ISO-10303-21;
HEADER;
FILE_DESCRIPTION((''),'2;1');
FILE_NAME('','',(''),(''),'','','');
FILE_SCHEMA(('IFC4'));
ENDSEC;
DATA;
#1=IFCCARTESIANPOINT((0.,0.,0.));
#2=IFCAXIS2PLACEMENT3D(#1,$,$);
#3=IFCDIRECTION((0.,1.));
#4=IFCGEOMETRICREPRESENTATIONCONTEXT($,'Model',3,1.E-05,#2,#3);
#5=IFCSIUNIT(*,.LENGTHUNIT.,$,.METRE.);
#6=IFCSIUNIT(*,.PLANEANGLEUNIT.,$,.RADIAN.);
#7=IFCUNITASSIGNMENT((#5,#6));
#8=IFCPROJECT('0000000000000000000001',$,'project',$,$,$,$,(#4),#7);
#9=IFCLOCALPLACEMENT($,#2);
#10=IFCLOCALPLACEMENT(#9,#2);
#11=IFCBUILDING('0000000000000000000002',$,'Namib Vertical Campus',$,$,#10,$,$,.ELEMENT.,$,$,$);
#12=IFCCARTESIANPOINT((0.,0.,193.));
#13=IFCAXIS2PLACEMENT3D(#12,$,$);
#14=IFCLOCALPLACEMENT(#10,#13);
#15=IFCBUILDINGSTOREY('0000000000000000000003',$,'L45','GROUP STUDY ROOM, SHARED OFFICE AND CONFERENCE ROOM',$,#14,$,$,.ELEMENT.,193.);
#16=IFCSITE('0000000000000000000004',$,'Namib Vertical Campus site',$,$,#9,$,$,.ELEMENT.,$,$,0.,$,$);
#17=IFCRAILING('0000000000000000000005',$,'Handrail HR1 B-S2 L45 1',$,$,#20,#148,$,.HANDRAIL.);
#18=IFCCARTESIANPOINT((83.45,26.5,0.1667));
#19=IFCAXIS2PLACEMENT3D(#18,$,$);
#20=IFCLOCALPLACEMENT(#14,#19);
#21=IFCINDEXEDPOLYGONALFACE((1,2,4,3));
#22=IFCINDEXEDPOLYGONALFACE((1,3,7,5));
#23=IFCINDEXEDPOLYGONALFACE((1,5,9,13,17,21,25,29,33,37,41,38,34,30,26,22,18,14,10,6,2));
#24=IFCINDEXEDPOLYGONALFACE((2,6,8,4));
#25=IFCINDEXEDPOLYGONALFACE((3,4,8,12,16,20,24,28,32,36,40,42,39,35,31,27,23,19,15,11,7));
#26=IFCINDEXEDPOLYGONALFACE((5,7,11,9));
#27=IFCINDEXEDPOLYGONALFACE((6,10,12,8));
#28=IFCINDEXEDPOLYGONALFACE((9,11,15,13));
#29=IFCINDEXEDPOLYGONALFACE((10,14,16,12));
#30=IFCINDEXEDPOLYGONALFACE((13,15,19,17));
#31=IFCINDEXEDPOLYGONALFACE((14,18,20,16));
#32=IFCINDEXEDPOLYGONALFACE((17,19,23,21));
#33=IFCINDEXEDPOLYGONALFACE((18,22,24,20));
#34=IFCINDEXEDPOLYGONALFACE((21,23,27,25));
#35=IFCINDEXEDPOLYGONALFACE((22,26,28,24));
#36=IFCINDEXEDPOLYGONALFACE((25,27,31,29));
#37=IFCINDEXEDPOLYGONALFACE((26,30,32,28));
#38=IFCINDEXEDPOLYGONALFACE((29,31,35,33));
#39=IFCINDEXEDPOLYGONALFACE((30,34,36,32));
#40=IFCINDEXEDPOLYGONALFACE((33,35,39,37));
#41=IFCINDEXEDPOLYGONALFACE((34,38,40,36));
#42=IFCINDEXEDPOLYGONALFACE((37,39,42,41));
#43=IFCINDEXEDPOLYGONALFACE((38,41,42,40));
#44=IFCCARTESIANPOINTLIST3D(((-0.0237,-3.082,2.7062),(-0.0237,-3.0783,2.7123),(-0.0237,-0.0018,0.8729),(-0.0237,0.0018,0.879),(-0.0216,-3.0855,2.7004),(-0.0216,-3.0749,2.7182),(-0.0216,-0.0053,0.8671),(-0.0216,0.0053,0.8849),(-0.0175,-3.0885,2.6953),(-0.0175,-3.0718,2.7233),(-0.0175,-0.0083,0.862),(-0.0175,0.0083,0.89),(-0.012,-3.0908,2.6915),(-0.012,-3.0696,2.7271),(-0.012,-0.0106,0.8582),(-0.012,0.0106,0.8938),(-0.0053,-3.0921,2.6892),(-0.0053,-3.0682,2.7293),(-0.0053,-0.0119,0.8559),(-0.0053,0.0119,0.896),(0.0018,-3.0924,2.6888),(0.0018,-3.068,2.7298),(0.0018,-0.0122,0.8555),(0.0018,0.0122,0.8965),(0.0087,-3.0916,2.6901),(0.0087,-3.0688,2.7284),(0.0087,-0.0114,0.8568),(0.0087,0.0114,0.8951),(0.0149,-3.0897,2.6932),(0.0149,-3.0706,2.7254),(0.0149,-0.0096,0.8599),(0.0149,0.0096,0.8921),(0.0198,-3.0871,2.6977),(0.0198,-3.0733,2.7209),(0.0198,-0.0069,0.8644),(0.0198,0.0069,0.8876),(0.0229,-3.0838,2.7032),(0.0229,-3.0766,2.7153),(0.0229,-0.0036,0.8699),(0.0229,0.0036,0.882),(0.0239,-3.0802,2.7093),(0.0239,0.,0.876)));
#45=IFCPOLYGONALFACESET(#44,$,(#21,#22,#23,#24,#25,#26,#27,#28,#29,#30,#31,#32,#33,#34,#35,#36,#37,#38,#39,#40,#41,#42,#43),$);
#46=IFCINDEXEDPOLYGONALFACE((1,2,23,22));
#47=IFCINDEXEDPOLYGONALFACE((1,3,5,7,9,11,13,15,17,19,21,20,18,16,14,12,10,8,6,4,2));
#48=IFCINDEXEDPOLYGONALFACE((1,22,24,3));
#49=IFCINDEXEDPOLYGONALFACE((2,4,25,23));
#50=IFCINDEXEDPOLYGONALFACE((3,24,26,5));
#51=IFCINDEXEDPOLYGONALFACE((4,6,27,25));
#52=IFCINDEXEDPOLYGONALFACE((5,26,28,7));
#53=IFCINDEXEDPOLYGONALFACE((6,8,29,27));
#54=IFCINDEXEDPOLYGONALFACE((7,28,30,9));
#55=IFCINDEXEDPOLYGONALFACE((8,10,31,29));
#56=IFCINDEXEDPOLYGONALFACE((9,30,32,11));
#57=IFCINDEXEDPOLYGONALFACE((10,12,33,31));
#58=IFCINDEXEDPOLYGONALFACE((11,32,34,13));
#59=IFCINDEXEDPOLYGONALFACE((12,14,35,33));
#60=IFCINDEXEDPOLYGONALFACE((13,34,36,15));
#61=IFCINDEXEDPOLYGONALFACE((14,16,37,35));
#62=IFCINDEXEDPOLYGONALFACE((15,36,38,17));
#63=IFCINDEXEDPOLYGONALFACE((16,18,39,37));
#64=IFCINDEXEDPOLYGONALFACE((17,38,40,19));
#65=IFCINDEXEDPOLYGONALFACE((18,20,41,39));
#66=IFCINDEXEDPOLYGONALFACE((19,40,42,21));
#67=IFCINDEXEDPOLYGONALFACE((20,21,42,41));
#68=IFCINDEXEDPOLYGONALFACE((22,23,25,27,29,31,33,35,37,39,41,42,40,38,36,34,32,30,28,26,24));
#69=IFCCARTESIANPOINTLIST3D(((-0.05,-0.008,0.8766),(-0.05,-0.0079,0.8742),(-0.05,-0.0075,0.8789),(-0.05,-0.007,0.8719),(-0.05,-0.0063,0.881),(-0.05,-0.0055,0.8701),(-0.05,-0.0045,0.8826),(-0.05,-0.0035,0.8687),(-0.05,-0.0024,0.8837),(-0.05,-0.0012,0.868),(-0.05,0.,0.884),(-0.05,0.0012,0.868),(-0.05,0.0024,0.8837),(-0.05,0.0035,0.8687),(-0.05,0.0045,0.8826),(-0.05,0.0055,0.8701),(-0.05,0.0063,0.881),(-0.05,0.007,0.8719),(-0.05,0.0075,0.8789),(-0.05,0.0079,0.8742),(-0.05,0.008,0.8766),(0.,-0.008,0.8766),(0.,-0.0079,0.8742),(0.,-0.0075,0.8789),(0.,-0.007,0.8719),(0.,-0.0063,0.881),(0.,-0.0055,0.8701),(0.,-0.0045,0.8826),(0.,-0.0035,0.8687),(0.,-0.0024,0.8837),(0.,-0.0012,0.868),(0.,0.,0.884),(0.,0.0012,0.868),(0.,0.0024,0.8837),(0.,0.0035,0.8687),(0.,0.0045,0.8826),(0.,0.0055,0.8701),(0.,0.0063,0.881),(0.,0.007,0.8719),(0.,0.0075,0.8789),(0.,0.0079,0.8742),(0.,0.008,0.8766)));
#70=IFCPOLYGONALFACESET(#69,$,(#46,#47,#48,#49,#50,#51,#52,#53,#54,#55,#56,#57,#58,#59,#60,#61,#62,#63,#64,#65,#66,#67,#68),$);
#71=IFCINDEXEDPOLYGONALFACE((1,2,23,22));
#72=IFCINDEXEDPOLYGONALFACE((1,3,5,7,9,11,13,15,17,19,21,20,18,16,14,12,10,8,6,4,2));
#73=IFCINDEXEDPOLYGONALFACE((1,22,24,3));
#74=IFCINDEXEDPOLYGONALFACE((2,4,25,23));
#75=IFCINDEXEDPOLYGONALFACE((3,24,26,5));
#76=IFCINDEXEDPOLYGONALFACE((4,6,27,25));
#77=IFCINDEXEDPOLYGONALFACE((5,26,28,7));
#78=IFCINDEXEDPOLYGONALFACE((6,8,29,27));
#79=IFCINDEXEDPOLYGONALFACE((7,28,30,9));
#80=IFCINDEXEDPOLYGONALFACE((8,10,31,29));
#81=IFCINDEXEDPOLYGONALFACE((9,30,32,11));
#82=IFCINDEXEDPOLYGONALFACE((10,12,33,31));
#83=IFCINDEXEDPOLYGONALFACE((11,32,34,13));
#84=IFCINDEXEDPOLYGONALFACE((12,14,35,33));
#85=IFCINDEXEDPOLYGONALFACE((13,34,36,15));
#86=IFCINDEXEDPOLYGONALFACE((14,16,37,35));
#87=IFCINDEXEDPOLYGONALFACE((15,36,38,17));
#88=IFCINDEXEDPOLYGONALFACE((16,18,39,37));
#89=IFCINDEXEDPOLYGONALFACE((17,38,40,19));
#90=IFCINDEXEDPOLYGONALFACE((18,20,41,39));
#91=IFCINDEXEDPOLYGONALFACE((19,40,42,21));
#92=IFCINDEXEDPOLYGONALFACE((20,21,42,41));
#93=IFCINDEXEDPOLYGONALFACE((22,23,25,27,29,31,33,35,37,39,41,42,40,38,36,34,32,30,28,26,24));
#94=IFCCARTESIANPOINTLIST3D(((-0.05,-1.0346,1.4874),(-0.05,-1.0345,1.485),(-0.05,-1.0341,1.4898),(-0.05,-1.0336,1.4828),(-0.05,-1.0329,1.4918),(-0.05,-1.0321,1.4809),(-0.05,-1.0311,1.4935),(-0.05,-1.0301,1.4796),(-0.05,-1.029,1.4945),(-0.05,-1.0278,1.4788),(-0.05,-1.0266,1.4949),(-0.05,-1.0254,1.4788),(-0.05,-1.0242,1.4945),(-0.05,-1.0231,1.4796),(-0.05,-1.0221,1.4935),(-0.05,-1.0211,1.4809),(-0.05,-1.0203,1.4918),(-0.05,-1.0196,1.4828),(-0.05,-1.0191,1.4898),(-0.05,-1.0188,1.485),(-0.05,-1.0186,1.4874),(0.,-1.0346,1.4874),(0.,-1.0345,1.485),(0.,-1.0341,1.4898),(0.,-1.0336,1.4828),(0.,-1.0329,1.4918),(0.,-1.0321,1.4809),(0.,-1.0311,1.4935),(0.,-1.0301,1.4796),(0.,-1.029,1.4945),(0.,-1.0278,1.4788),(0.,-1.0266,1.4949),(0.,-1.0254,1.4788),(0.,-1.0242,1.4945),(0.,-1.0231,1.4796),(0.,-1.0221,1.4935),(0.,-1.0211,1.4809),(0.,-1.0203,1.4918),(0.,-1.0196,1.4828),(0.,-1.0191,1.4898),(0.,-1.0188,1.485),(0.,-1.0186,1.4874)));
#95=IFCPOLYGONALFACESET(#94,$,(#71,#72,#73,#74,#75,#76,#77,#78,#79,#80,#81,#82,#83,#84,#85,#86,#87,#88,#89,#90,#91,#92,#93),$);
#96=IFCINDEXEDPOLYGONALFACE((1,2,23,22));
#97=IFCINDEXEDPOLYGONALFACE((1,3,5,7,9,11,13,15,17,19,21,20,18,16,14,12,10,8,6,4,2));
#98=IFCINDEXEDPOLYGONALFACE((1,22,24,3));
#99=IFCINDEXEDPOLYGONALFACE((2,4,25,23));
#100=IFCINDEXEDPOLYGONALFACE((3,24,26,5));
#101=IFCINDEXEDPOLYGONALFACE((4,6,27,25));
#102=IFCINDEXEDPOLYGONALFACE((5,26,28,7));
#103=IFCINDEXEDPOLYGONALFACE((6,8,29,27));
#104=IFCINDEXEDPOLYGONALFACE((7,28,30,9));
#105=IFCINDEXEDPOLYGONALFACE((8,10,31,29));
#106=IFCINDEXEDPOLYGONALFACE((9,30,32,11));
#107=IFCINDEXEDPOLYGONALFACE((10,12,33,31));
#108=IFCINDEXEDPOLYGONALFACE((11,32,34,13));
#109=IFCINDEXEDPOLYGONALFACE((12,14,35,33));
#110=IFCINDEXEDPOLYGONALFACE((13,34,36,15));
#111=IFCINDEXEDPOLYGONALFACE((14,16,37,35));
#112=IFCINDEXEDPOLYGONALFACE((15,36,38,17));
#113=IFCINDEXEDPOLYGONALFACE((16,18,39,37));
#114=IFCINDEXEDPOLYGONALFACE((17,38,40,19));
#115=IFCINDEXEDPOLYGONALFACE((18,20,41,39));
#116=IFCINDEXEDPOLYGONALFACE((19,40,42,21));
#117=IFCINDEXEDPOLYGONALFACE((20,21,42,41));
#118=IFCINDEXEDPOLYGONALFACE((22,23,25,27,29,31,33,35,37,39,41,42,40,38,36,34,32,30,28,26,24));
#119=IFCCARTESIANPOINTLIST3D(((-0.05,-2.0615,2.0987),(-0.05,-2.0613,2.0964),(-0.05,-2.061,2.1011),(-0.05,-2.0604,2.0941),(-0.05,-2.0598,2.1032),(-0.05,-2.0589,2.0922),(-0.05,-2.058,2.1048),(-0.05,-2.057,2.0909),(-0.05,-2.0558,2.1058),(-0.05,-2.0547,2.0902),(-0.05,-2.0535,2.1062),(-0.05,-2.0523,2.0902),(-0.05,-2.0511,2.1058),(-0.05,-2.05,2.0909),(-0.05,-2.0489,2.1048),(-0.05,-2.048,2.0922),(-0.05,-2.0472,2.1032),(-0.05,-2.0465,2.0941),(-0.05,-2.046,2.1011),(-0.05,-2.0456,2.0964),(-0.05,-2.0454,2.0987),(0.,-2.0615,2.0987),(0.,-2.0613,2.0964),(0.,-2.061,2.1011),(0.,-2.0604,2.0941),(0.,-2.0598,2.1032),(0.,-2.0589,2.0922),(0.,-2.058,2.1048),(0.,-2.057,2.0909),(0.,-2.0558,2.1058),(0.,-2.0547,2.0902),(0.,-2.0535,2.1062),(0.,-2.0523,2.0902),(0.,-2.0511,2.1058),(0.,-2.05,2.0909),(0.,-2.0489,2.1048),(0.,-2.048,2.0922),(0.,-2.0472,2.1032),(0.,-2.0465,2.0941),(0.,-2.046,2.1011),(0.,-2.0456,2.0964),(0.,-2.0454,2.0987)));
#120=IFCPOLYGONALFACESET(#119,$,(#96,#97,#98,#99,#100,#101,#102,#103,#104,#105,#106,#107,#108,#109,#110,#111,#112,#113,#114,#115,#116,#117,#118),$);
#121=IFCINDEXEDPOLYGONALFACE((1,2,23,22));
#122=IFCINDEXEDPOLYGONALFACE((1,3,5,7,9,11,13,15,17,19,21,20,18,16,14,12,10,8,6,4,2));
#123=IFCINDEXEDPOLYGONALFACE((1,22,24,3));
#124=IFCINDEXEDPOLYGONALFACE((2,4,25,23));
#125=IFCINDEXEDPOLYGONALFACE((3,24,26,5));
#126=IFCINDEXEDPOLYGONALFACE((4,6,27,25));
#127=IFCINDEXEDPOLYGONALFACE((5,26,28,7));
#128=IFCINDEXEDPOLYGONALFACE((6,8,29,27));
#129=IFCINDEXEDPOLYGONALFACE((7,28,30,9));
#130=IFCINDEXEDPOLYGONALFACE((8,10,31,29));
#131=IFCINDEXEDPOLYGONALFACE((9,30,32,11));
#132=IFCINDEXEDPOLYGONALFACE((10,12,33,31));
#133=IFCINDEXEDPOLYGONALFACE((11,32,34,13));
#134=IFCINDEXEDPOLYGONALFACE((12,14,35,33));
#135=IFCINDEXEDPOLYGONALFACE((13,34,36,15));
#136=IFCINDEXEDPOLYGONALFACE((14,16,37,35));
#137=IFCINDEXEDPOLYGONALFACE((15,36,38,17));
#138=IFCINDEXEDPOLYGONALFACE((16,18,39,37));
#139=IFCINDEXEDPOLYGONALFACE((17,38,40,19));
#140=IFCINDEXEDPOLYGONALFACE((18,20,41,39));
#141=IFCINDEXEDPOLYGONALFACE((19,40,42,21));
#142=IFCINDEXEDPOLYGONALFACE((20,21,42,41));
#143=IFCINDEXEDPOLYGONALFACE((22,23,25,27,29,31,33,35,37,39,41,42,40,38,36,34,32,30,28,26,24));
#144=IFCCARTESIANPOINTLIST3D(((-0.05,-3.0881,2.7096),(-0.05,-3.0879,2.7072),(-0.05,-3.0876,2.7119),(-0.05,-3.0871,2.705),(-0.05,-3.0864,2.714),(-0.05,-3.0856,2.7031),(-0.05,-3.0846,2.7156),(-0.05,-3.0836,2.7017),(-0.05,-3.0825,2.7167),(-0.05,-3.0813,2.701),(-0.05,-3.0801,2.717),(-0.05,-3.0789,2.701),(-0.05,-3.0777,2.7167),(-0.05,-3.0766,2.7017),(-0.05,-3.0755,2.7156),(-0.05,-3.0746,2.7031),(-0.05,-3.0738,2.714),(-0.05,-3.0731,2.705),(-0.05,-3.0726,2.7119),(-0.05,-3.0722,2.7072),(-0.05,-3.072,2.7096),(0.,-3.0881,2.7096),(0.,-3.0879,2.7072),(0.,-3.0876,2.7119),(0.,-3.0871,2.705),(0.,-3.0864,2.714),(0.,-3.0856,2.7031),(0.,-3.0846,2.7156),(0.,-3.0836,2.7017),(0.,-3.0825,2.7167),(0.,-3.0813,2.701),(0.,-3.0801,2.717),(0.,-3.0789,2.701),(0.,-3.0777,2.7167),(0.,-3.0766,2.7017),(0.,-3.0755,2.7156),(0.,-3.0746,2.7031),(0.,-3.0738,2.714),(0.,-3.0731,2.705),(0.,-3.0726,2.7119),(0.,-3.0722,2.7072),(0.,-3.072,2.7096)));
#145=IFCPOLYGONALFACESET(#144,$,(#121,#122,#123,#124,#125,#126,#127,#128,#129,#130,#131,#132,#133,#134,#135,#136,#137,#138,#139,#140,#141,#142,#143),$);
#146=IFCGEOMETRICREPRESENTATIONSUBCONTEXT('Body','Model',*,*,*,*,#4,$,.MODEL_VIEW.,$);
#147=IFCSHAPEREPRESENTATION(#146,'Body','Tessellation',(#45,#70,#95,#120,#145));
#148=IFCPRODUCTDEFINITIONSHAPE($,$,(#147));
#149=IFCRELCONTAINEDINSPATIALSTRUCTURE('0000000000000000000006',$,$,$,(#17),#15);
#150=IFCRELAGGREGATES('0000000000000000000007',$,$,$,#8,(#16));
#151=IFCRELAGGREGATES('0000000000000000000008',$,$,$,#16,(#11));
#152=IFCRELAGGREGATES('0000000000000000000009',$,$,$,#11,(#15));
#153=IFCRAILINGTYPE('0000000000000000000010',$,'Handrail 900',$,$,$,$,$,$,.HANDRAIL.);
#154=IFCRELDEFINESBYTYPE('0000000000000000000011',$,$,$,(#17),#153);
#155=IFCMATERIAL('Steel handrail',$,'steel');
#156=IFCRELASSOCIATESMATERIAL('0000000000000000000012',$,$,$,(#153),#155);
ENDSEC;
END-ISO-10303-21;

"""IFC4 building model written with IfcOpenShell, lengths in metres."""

from ifc_helpers import new_model, si_unit, direction, frame, origin, origin_2d, place, context, subcontext, project, spatial, circle, extrude, material, type_object, element, save


model = new_model("IFC4")

# Units and contexts
model_context = context("Model", 3, precision=1e-05, world=origin(), true_north=direction((0.0, 1.0)))
body_context = subcontext(model_context, "Body", "Model", "MODEL_VIEW")
ifc_project = project(units=[si_unit("LENGTHUNIT", "METRE"), si_unit("PLANEANGLEUNIT", "RADIAN")], contexts=[model_context])

# Site, building, storey
site_placement = place(None, origin())
site = spatial("IfcSite", under=ifc_project, at=site_placement, Name="Namib Vertical Campus site", CompositionType="ELEMENT", RefElevation=0.0)
building_placement = place(site_placement, origin())
building = spatial("IfcBuilding", under=site, at=building_placement, Name="Namib Vertical Campus", CompositionType="ELEMENT")
storey_placement = place(building_placement, frame((0.0, 0.0, 193.0)))
storey = spatial("IfcBuildingStorey", under=building, at=storey_placement, Name="L45", Description="GROUP STUDY ROOM, SHARED OFFICE AND CONFERENCE ROOM", CompositionType="ELEMENT", Elevation=193.0)

# Railing
ifc_material_1 = material(Name="Steel handrail", Category="steel")
railing_type_1 = type_object("IfcRailingType", Name="Handrail 900", PredefinedType="HANDRAIL", material=ifc_material_1)
railing_1_placement = place(storey_placement, frame((83.45, 26.5, 0.1667)))
element("IfcRailing", 1, at=railing_1_placement, inside=storey, type_object=railing_type_1, Name="Handrail HR1 B-S2 L45 1", PredefinedType="HANDRAIL", context=body_context, shape_type="SweptSolid", body=[
    extrude(circle(Radius=0.0239, at=origin_2d()), frame((0.0, 0.0, 0.876), z_axis=(0.0, -0.859309, 0.511458), x_axis=(1.0, 0.0, 0.0)), (0.0, 0.0, 1.0), 3.5845),
    extrude(circle(Radius=0.0081, at=origin_2d()), frame((0.0, 0.0, 0.876), z_axis=(-1.0, 0.0, 0.0), x_axis=(0.0, 0.0, 1.0)), (0.0, 0.0, 1.0), 0.05),
    extrude(circle(Radius=0.0081, at=origin_2d()), frame((0.0, -1.0266, 1.4868), z_axis=(-1.0, 0.0, 0.0), x_axis=(0.0, 0.0, 1.0)), (0.0, 0.0, 1.0), 0.05),
    extrude(circle(Radius=0.0081, at=origin_2d()), frame((0.0, -2.0535, 2.0981), z_axis=(-1.0, 0.0, 0.0), x_axis=(0.0, 0.0, 1.0)), (0.0, 0.0, 1.0), 0.05),
    extrude(circle(Radius=0.0081, at=origin_2d()), frame((0.0, -3.0801, 2.709), z_axis=(-1.0, 0.0, 0.0), x_axis=(0.0, 0.0, 1.0)), (0.0, 0.0, 1.0), 0.05),
])

save(model, "model.ifc")
